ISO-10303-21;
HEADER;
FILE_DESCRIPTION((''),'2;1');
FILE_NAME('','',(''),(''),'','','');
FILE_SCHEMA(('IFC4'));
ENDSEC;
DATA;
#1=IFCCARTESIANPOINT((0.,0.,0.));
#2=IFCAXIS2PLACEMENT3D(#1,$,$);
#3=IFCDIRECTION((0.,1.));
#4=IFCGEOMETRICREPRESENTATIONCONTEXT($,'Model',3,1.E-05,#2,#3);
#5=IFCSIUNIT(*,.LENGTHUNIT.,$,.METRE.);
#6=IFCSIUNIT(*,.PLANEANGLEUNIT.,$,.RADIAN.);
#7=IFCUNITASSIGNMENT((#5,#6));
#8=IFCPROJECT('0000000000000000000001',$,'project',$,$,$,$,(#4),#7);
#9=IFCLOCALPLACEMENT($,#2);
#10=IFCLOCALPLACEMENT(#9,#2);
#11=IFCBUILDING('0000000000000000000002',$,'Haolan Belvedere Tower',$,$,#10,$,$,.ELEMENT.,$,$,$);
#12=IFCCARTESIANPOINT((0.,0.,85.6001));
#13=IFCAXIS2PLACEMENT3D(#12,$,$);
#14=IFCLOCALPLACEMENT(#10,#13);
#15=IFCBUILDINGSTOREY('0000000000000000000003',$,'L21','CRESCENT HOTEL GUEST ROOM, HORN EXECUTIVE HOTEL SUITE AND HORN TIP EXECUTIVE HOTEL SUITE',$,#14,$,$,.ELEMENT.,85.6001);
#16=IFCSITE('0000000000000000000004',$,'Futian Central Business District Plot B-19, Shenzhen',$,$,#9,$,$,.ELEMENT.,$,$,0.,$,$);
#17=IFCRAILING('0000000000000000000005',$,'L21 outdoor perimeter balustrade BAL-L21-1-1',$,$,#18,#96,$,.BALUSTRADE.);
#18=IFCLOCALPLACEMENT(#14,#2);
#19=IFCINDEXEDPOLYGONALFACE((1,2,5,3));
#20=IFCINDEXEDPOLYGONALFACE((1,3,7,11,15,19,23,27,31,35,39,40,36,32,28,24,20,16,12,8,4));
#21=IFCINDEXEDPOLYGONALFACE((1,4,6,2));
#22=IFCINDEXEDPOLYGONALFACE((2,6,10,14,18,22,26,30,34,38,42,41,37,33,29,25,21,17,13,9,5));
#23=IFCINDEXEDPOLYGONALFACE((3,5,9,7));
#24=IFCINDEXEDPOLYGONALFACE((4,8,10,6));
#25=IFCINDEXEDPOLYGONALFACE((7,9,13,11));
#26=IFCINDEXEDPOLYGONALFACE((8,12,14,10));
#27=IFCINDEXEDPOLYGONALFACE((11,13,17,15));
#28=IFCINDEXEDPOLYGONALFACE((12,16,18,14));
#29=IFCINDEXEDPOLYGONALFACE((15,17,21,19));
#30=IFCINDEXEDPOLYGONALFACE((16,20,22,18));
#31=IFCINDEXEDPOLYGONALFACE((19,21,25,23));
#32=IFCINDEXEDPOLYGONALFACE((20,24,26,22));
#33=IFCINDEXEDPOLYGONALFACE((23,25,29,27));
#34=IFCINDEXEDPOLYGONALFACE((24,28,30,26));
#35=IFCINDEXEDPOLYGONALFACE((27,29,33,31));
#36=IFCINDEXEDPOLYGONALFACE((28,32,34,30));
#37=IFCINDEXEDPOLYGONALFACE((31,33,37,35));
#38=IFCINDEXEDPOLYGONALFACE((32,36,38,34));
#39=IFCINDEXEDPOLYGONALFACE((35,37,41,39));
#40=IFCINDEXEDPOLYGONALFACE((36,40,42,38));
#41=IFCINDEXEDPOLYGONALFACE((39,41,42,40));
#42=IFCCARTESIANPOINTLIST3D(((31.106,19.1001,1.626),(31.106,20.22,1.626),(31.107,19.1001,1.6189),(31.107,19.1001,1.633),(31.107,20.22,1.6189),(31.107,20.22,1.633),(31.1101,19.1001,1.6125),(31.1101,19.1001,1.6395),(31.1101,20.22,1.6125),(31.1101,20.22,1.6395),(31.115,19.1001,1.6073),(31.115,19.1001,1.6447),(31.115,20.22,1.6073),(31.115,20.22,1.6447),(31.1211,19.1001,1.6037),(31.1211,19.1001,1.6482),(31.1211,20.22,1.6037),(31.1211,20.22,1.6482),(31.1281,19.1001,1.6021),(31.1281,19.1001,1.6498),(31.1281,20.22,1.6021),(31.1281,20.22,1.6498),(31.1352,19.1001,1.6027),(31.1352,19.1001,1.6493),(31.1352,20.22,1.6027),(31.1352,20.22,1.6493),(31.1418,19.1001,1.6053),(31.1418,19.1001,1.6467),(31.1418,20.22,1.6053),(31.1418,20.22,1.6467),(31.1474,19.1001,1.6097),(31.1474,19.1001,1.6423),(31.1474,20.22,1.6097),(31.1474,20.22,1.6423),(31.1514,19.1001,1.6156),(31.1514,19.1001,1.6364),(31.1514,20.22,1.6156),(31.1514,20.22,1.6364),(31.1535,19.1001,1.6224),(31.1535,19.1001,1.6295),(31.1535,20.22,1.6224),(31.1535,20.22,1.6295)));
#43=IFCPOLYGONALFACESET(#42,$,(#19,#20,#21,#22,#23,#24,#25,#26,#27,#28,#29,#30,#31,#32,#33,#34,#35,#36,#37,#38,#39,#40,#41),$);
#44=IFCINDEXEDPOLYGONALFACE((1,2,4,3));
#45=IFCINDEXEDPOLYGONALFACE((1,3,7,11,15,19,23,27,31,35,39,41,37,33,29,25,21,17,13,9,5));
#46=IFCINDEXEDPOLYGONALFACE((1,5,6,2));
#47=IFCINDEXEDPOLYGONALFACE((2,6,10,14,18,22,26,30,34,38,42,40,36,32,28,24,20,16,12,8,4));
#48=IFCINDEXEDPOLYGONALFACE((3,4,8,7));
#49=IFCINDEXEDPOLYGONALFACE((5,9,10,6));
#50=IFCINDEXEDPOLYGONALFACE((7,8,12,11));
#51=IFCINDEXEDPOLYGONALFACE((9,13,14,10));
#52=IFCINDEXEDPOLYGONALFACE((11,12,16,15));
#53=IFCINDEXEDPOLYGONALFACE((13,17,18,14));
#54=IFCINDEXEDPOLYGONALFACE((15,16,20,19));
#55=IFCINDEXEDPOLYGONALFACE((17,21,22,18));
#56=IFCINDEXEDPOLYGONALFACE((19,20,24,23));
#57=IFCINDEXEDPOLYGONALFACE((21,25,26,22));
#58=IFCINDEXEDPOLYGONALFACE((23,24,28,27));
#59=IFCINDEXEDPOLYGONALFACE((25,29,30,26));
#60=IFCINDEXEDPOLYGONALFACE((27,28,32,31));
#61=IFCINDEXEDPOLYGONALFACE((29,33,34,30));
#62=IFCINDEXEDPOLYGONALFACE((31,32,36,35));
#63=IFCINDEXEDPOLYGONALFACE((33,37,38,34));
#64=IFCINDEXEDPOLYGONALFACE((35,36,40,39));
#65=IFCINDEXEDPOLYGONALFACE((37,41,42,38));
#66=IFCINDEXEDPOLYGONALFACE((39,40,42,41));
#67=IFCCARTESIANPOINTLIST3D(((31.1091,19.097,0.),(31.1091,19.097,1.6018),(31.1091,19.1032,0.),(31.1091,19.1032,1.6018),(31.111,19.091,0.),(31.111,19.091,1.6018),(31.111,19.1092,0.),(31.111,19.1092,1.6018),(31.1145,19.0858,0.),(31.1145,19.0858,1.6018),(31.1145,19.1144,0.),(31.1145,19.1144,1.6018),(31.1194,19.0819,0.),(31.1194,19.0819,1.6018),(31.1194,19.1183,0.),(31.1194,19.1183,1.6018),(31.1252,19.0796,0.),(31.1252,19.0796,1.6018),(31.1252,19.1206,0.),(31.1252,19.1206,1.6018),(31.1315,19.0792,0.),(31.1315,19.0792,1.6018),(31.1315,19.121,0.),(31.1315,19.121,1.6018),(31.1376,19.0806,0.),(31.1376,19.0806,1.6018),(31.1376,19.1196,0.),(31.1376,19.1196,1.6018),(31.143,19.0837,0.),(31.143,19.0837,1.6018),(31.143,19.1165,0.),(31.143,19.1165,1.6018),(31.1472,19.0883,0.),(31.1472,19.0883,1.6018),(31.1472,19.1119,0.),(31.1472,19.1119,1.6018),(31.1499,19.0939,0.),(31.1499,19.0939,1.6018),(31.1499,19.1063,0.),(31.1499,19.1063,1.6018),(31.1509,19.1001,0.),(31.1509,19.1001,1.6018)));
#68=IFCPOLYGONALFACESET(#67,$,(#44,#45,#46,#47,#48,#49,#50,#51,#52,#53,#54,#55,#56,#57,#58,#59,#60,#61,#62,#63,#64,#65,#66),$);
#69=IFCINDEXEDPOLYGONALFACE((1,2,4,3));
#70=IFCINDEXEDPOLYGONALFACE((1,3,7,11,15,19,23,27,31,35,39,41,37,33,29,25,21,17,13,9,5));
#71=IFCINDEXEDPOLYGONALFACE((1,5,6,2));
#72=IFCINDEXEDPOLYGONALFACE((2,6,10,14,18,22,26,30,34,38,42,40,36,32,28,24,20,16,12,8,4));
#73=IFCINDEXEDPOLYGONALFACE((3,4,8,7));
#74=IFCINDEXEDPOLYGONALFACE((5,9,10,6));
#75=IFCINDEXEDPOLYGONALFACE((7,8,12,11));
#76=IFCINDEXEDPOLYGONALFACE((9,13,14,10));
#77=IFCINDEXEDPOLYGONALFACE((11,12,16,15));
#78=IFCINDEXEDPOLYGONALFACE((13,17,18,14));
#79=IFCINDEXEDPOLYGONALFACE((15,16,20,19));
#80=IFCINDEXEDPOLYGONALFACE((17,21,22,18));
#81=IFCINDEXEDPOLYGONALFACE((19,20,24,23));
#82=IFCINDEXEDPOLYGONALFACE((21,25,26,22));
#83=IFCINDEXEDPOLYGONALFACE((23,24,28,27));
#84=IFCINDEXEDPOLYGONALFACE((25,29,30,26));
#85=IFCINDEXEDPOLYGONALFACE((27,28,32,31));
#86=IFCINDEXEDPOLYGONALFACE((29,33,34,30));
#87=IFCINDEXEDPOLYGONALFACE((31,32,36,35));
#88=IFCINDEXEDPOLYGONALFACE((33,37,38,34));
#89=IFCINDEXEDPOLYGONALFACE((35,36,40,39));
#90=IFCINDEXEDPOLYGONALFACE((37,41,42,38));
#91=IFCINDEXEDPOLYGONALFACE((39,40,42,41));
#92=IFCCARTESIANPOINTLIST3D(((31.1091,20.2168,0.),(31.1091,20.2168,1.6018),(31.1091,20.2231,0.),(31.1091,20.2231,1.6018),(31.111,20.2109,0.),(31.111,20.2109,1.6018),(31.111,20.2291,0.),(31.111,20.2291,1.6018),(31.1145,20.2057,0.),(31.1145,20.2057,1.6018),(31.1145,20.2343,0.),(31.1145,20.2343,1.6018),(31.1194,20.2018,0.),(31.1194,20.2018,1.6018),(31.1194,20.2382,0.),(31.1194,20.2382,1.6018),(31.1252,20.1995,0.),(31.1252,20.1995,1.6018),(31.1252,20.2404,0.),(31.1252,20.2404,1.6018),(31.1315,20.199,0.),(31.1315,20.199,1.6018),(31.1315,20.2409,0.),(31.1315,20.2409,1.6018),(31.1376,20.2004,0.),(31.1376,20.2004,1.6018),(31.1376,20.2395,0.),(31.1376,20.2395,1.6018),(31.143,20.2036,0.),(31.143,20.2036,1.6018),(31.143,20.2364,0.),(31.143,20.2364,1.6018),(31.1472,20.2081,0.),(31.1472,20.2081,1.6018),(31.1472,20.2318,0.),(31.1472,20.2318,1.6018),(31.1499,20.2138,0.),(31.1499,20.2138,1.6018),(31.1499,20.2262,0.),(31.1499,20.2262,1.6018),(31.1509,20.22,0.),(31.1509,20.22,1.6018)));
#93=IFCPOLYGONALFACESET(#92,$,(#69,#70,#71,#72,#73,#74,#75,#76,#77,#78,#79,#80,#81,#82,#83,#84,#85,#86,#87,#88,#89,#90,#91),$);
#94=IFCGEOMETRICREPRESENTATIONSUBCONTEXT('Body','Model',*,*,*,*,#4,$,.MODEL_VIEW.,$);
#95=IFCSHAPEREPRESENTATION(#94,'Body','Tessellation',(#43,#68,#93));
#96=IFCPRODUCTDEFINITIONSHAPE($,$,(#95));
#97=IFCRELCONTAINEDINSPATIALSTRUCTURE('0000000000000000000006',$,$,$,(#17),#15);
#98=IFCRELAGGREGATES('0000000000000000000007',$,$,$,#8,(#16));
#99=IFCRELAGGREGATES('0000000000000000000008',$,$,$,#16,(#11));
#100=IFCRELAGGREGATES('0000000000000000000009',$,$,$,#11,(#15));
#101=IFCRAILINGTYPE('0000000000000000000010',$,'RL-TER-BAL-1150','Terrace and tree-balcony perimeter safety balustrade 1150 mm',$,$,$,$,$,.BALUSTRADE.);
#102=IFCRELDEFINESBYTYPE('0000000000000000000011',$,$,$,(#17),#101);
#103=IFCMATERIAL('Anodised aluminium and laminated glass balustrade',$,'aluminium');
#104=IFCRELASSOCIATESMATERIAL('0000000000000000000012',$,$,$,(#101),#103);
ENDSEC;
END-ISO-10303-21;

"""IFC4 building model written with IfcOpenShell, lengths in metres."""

from ifc_helpers import new_model, si_unit, direction, frame, origin, origin_2d, place, context, subcontext, project, spatial, circle, extrude, material, type_object, element, save


model = new_model("IFC4")

# Units and contexts
model_context = context("Model", 3, precision=1e-05, world=origin(), true_north=direction((0.0, 1.0)))
body_context = subcontext(model_context, "Body", "Model", "MODEL_VIEW")
ifc_project = project(units=[si_unit("LENGTHUNIT", "METRE"), si_unit("PLANEANGLEUNIT", "RADIAN")], contexts=[model_context])

# Site, building, storey
site_placement = place(None, origin())
site = spatial("IfcSite", under=ifc_project, at=site_placement, Name="Futian Central Business District Plot B-19, Shenzhen", CompositionType="ELEMENT", RefElevation=0.0)
building_placement = place(site_placement, origin())
building = spatial("IfcBuilding", under=site, at=building_placement, Name="Haolan Belvedere Tower", CompositionType="ELEMENT")
storey_placement = place(building_placement, frame((0.0, 0.0, 85.6001)))
storey = spatial("IfcBuildingStorey", under=building, at=storey_placement, Name="L21", Description="CRESCENT HOTEL GUEST ROOM, HORN EXECUTIVE HOTEL SUITE AND HORN TIP EXECUTIVE HOTEL SUITE", CompositionType="ELEMENT", Elevation=85.6001)

# Railing
ifc_material_1 = material(Name="Anodised aluminium and laminated glass balustrade", Category="aluminium")
railing_type = type_object("IfcRailingType", Name="RL-TER-BAL-1150", Description="Terrace and tree-balcony perimeter safety balustrade 1150 mm", PredefinedType="BALUSTRADE", material=ifc_material_1)
railing_placement = place(storey_placement, frame((31.1299, 19.1001, 0.0)))
element("IfcRailing", 1, at=railing_placement, inside=storey, type_object=railing_type, Name="L21 outdoor perimeter balustrade BAL-L21-1-1", PredefinedType="BALUSTRADE", context=body_context, shape_type="SweptSolid", body=[
    extrude(circle(Radius=0.0239, at=origin_2d()), frame((0.0, 0.0, 1.626), z_axis=(0.0, 1.0, 0.0), x_axis=(-1.0, 0.0, 0.0)), (0.0, 0.0, 1.0), 1.1199),
    extrude(circle(Radius=0.021, at=origin_2d()), origin(), (0.0, 0.0, 1.0), 1.6018),
    extrude(circle(Radius=0.021, at=origin_2d()), frame((0.0, 1.1199, 0.0)), (0.0, 0.0, 1.0), 1.6018),
])

save(model, "model.ifc")
